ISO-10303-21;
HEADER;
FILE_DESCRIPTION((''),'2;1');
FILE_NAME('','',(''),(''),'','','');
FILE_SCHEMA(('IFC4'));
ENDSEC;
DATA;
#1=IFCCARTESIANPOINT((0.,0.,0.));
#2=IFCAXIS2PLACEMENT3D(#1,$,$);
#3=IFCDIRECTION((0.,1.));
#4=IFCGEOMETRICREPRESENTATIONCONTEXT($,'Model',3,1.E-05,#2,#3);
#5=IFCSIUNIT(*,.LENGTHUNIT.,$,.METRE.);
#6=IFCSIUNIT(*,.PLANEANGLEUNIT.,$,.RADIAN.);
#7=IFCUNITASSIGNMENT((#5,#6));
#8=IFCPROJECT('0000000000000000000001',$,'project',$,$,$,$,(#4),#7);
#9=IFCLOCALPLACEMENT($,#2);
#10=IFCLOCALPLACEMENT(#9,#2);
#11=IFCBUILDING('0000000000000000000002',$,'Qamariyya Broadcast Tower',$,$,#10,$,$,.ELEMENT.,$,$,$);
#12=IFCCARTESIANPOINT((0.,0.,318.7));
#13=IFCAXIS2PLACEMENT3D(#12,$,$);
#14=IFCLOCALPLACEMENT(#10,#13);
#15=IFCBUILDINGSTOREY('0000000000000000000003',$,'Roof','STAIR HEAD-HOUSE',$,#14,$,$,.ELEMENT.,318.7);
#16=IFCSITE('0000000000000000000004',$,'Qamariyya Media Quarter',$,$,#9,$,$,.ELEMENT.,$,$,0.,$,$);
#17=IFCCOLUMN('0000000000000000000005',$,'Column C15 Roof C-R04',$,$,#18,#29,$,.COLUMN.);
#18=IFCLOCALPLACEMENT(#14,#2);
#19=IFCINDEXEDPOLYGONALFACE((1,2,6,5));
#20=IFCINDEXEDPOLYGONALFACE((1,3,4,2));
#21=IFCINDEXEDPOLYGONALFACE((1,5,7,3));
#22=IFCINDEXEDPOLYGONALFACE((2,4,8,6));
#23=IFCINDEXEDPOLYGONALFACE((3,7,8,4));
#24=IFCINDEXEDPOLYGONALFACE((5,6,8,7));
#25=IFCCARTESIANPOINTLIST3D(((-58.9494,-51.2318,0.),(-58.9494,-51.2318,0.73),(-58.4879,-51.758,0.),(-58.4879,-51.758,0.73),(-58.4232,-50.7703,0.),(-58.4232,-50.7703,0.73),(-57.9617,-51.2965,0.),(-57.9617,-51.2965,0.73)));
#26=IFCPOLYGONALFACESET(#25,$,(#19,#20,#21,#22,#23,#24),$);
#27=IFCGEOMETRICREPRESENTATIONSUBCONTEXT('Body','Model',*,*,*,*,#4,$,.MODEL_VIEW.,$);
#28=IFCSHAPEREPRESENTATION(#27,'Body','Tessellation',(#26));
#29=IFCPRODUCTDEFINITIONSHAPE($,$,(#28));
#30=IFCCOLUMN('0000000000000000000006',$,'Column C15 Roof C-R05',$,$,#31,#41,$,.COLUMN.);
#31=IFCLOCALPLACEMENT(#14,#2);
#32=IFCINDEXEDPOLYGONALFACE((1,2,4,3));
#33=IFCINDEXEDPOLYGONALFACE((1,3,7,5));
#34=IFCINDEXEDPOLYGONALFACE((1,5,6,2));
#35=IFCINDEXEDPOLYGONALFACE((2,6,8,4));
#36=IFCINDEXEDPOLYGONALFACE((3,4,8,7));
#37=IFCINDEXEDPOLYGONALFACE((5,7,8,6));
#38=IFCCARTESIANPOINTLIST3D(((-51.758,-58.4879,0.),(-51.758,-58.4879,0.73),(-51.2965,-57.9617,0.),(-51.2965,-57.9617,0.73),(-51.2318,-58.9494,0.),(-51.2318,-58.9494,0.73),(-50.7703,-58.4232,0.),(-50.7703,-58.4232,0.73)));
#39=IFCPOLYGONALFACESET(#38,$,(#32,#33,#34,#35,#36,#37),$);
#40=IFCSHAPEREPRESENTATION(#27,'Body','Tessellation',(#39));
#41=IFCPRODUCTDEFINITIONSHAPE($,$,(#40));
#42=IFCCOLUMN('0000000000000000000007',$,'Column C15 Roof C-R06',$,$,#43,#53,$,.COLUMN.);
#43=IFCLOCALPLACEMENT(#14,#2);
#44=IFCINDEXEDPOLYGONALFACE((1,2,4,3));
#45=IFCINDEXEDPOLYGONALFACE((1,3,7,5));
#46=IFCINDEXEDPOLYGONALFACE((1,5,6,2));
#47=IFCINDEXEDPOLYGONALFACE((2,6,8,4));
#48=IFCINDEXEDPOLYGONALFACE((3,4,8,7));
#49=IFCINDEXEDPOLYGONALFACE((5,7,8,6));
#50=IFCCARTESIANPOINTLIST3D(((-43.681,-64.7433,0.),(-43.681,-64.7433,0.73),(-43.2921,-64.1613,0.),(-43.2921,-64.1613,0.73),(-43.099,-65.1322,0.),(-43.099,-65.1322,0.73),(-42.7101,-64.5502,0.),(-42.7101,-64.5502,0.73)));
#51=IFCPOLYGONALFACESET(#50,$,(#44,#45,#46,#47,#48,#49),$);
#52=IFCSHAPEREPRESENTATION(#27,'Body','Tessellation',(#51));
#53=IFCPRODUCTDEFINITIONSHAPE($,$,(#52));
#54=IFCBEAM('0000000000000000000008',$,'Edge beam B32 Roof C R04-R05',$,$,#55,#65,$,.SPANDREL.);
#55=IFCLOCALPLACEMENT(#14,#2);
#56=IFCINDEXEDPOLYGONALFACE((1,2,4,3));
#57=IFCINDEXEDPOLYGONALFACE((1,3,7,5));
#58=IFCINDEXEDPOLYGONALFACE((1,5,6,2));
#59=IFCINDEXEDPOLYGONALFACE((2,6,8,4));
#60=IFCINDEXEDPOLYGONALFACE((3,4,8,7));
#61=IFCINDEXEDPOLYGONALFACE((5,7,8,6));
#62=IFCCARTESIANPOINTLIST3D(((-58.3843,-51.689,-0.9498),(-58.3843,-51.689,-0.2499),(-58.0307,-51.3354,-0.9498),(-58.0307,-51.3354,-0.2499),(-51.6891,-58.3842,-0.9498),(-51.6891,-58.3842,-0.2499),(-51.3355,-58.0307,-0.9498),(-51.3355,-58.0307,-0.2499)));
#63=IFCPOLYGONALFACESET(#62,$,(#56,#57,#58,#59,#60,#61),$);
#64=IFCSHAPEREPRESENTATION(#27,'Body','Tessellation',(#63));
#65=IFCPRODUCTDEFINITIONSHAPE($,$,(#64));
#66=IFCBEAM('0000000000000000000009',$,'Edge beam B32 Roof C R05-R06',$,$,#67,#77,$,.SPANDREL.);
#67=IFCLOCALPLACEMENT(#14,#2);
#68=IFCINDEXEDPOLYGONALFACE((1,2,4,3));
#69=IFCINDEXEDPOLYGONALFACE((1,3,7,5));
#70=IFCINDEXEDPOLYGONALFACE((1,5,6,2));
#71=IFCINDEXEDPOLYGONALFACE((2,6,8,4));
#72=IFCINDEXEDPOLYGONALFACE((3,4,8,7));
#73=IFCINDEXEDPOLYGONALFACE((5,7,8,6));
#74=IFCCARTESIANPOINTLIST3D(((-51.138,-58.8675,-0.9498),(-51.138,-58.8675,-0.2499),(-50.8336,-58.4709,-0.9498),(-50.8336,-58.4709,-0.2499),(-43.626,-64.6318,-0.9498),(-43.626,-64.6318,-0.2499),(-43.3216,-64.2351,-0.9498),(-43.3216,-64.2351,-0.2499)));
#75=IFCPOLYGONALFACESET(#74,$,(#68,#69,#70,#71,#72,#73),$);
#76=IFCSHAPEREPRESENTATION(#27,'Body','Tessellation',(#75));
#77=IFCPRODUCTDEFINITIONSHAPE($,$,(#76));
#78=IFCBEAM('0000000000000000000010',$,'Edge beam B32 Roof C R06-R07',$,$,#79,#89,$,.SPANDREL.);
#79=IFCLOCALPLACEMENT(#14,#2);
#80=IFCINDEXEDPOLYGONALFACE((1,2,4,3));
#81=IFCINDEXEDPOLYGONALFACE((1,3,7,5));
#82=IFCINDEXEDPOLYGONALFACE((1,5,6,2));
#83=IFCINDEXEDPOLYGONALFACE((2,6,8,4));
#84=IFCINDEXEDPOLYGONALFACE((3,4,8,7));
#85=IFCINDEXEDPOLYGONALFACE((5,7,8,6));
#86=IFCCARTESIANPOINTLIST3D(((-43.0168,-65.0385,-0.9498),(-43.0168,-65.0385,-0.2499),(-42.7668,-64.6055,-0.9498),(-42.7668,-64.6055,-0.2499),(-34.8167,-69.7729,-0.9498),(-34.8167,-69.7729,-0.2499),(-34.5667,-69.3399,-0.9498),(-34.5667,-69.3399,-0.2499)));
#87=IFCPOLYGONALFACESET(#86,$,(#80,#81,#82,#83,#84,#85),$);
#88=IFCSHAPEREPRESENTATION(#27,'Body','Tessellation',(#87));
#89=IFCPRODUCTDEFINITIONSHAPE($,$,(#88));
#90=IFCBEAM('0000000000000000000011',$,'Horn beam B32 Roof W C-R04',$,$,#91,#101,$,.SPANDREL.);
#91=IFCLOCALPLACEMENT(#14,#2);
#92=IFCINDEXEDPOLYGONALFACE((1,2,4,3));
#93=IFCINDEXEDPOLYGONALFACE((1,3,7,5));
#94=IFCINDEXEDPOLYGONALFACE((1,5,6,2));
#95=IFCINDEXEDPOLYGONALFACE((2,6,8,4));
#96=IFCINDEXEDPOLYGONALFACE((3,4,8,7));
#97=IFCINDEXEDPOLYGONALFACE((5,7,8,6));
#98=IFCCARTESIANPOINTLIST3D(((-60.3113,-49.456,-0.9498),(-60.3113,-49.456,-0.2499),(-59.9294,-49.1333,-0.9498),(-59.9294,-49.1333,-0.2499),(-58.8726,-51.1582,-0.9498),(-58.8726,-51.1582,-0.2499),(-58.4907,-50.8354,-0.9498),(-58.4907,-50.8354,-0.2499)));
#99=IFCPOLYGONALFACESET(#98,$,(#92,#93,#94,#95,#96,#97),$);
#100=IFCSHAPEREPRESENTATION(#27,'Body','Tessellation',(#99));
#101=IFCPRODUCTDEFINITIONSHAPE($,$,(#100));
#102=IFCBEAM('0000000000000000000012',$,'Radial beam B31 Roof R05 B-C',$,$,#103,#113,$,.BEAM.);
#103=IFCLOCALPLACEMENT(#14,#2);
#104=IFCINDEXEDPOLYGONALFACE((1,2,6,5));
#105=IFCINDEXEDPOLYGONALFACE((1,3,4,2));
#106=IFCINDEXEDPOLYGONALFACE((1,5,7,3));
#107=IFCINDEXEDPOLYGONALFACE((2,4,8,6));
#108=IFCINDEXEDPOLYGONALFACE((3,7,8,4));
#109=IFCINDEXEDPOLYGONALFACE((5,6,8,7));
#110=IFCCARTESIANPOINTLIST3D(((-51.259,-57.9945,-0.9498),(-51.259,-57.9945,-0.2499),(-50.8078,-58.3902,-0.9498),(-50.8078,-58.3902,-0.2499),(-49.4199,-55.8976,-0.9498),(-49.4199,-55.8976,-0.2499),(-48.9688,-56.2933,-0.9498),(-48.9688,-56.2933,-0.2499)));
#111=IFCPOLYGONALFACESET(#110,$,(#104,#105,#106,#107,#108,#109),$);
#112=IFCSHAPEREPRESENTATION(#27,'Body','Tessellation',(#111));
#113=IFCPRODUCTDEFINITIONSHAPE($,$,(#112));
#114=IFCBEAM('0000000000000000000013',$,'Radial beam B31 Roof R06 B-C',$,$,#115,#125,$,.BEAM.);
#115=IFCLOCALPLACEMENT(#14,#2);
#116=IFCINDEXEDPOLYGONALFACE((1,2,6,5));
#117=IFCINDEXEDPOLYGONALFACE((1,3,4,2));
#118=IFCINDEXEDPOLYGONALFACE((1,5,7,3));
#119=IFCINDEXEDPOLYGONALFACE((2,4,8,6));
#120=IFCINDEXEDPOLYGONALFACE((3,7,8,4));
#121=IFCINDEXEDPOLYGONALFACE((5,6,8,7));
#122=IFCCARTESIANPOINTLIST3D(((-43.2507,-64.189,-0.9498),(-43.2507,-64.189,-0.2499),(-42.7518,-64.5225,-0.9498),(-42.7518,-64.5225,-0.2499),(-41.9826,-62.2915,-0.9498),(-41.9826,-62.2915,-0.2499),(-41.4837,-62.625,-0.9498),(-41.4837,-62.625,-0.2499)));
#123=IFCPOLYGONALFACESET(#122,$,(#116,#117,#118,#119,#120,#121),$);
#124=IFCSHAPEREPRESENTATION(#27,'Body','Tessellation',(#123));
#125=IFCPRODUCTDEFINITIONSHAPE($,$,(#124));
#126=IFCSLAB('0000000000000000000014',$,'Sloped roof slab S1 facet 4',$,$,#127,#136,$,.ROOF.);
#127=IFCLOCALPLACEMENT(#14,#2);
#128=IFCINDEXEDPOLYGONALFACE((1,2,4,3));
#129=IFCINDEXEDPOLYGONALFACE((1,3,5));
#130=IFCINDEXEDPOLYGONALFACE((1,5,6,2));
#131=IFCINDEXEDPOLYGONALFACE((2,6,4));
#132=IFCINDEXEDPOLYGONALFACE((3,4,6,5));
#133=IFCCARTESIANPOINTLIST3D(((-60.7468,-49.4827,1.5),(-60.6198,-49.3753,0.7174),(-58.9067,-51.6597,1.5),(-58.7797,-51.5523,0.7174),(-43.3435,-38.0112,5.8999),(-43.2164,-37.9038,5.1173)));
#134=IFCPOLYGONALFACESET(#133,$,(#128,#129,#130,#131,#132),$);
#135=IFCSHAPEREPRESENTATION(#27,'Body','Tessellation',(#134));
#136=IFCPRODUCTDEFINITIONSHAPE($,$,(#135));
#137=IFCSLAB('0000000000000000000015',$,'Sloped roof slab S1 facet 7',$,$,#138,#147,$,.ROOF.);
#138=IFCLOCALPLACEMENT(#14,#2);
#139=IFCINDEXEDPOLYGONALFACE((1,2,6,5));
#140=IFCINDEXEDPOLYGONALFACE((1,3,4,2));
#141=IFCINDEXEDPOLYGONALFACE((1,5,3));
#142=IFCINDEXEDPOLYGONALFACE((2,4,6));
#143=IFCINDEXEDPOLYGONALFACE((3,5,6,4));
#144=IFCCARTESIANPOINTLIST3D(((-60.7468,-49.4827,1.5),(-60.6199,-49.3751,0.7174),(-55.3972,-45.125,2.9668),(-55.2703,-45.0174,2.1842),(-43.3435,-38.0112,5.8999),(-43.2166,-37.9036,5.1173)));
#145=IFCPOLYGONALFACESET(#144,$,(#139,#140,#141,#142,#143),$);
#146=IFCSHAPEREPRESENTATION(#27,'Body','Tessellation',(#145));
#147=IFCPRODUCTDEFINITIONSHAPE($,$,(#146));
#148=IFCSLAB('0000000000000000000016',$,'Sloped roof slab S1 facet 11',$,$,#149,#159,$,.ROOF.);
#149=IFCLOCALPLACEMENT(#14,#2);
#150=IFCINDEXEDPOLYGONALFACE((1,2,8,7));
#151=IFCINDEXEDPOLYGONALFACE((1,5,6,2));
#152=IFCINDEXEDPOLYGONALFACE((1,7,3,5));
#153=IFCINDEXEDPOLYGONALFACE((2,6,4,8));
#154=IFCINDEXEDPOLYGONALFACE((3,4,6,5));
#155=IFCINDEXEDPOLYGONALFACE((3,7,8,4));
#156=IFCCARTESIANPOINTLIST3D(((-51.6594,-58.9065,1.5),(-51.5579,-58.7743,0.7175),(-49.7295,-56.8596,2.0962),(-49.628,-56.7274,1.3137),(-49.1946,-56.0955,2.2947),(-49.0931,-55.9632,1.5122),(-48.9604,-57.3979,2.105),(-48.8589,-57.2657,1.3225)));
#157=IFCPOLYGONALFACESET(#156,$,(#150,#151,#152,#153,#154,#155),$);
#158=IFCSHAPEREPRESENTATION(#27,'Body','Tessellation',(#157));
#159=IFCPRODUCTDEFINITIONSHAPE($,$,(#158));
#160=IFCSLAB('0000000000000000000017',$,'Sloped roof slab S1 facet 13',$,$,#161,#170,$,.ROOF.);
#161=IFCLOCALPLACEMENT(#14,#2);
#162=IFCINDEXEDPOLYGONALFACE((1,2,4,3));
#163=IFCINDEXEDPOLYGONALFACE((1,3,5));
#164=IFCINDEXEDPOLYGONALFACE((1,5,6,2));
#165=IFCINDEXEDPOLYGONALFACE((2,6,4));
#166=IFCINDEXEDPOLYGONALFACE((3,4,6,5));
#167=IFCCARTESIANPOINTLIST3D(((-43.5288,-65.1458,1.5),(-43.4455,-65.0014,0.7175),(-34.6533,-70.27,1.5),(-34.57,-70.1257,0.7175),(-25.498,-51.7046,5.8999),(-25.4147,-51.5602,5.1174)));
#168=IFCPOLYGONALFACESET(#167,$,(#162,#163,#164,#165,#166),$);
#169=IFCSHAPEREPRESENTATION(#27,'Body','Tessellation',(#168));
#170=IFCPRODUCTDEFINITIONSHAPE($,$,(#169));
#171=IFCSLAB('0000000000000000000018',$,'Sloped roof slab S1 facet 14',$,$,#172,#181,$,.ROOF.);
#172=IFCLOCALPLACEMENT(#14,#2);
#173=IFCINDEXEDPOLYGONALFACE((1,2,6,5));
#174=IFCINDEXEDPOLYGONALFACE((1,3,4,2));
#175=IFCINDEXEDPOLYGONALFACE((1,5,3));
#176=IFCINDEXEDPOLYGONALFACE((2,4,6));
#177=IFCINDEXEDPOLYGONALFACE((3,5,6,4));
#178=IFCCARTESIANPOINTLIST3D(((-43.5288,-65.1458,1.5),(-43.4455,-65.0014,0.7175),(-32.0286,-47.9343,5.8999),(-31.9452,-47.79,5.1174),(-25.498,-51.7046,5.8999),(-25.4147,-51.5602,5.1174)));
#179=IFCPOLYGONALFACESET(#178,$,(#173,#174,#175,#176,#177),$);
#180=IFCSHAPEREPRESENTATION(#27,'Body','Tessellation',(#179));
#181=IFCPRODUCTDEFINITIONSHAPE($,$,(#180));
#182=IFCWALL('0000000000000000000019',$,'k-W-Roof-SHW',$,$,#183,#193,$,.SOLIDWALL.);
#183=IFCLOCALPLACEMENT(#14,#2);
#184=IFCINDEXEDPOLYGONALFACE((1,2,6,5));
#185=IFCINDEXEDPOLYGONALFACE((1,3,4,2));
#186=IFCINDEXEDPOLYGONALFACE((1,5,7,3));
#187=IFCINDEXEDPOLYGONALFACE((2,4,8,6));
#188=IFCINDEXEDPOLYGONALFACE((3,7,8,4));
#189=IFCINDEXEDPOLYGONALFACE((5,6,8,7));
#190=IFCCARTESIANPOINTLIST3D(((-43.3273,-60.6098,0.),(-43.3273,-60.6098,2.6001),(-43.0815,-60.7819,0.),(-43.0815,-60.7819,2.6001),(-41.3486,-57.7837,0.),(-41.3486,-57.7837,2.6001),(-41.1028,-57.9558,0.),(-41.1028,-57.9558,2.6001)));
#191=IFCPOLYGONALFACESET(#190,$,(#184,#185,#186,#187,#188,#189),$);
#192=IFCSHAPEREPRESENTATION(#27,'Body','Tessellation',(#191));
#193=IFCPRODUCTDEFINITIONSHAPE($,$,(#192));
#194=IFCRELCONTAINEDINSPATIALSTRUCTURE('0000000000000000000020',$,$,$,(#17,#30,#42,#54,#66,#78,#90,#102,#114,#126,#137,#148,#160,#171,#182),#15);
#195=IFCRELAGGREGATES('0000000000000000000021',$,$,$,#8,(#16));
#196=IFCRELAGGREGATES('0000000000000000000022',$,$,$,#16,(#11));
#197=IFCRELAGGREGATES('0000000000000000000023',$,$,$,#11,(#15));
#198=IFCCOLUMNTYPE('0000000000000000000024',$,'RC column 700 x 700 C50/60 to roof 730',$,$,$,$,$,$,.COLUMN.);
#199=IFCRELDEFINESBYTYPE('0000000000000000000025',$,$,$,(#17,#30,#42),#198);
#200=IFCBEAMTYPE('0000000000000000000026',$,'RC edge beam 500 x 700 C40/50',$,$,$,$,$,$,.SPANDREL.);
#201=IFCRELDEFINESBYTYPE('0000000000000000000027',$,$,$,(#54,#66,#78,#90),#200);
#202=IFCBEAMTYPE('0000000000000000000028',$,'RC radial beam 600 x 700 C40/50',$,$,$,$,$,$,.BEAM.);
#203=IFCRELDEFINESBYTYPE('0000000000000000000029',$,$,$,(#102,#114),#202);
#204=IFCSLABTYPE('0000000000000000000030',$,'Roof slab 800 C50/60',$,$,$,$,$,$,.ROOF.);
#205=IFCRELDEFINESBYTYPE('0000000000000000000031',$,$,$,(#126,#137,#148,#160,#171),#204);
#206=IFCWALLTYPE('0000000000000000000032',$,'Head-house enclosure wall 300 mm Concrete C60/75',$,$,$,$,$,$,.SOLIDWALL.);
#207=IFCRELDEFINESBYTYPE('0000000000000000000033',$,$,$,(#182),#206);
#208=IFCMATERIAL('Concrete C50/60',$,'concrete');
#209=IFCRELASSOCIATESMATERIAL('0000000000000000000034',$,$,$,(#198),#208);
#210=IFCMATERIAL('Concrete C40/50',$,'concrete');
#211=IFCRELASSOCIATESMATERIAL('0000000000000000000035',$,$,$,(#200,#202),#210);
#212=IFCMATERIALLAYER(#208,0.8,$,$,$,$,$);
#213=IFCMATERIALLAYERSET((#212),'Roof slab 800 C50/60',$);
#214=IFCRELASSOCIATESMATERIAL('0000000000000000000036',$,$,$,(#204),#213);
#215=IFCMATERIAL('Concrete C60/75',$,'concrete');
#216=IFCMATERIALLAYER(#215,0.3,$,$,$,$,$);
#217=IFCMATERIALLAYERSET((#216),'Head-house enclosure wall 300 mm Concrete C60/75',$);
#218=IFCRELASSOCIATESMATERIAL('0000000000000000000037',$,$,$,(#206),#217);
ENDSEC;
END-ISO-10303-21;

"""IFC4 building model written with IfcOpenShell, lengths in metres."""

from ifc_helpers import new_model, si_unit, direction, frame, frame_2d, origin, origin_2d, place, context, subcontext, project, spatial, polyline, rectangle, outline, extrude, material, layer, layer_set, material_profile, profile_set, type_object, element, save


model = new_model("IFC4")

# Units and contexts
model_context = context("Model", 3, precision=1e-05, world=origin(), true_north=direction((0.0, 1.0)))
body_context = subcontext(model_context, "Body", "Model", "MODEL_VIEW")
ifc_project = project(units=[si_unit("LENGTHUNIT", "METRE"), si_unit("PLANEANGLEUNIT", "RADIAN")], contexts=[model_context])

# Site, building, storey
site_placement = place(None, origin())
site = spatial("IfcSite", under=ifc_project, at=site_placement, Name="Qamariyya Media Quarter", CompositionType="ELEMENT", RefElevation=0.0)
building_placement = place(site_placement, origin())
building = spatial("IfcBuilding", under=site, at=building_placement, Name="Qamariyya Broadcast Tower", CompositionType="ELEMENT")
storey_placement = place(building_placement, frame((0.0, 0.0, 318.7)))
storey = spatial("IfcBuildingStorey", under=building, at=storey_placement, Name="Roof", Description="STAIR HEAD-HOUSE", CompositionType="ELEMENT", Elevation=318.7)

# Columns
ifc_material_1 = material(Name="Concrete C50/60", Category="concrete")
ifc_material_profile_1 = material_profile(ifc_material_1, rectangle(XDim=0.7, YDim=0.7, at=origin_2d()))
ifc_profile_set_1 = profile_set([ifc_material_profile_1], Name="Concrete C50/60")
column_type = type_object("IfcColumnType", Name="RC column 700 x 700 C50/60 to roof 730", PredefinedType="COLUMN", material=ifc_profile_set_1)
for number, where, z_axis, x_axis, name in (
    (1, (-58.4556, -51.2642, 0.0), (0.0, 0.0, 1.0), (0.659346, -0.75184, 0.0), "Column C15 Roof C-R04"),
    (2, (-51.2642, -58.4556, 0.0), (0.0, 0.0, 1.0), (0.75184, -0.659346, 0.0), "Column C15 Roof C-R05"),
    (3, (-43.1956, -64.6467, 0.0), (0.0, 0.0, 1.0), (0.83147, -0.55557, 0.0), "Column C15 Roof C-R06"),
):
    element("IfcColumn", number, at=place(storey_placement, frame(where, z_axis=z_axis, x_axis=x_axis)), inside=storey, type_object=column_type, Name=name, PredefinedType="COLUMN", context=body_context, shape_type="SweptSolid", body=[
        extrude(rectangle(XDim=0.7, YDim=0.7, at=origin_2d()), origin(), (0.0, 0.0, 1.0), 0.73),
    ])

# Beams
ifc_material_2 = material(Name="Concrete C40/50", Category="concrete")
ifc_material_profile_2 = material_profile(ifc_material_2, rectangle(XDim=0.5, YDim=0.7, at=origin_2d()))
ifc_profile_set_2 = profile_set([ifc_material_profile_2], Name="Concrete C40/50")
beam_type_1 = type_object("IfcBeamType", Name="RC edge beam 500 x 700 C40/50", PredefinedType="SPANDREL", material=ifc_profile_set_2)
beam_1_placement = place(storey_placement, frame((-58.2075, -51.5122, -0.5999), z_axis=(0.707107, -0.707107, 0.0), x_axis=(0.707107, 0.707107, 0.0)))
element("IfcBeam", 4, at=beam_1_placement, inside=storey, type_object=beam_type_1, Name="Edge beam B32 Roof C R04-R05", PredefinedType="SPANDREL", context=body_context, shape_type="SweptSolid", body=[
    extrude(rectangle(XDim=0.5, YDim=0.7, at=origin_2d()), origin(), (0.0, 0.0, 1.0), 9.4685),
])
for number, where, z_axis, x_axis, name in (
    (5, (-50.9858, -58.6692, -0.5999), (0.793352, -0.608763, 0.0), (0.608763, 0.793352, 0.0), "Edge beam B32 Roof C R05-R06"),
    (6, (-42.8918, -64.822, -0.5999), (0.866026, -0.499999, 0.0), (0.499999, 0.866026, 0.0), "Edge beam B32 Roof C R06-R07"),
):
    element("IfcBeam", number, at=place(storey_placement, frame(where, z_axis=z_axis, x_axis=x_axis)), inside=storey, type_object=beam_type_1, Name=name, PredefinedType="SPANDREL", context=body_context, shape_type="SweptSolid", body=[
        extrude(rectangle(XDim=0.5, YDim=0.7, at=origin_2d()), origin(), (0.0, 0.0, 1.0), 9.4688),
    ])
beam_2_placement = place(storey_placement, frame((-58.6816, -50.9968, -0.5999), z_axis=(-0.645535, 0.763731, 0.0), x_axis=(-0.763731, -0.645535, 0.0)))
element("IfcBeam", 7, at=beam_2_placement, inside=storey, type_object=beam_type_1, Name="Horn beam B32 Roof W C-R04", PredefinedType="SPANDREL", context=body_context, shape_type="SweptSolid", body=[
    extrude(rectangle(XDim=0.5, YDim=0.7, at=origin_2d()), origin(), (0.0, 0.0, 1.0), 2.2288),
])
ifc_material_profile_3 = material_profile(ifc_material_2, rectangle(XDim=0.6001, YDim=0.7, at=origin_2d()))
ifc_profile_set_3 = profile_set([ifc_material_profile_3], Name="Concrete C40/50")
beam_type_2 = type_object("IfcBeamType", Name="RC radial beam 600 x 700 C40/50", PredefinedType="BEAM", material=ifc_profile_set_3)
beam_3_placement = place(storey_placement, frame((-49.1943, -56.0955, -0.5999), z_axis=(-0.659378, -0.751812, 0.0), x_axis=(0.751812, -0.659378, 0.0)))
element("IfcBeam", 8, at=beam_3_placement, inside=storey, type_object=beam_type_2, Name="Radial beam B31 Roof R05 B-C", PredefinedType="BEAM", context=body_context, shape_type="SweptSolid", body=[
    extrude(rectangle(XDim=0.6001, YDim=0.7, at=origin_2d()), origin(), (0.0, 0.0, 1.0), 2.7891),
])
beam_4_placement = place(storey_placement, frame((-41.7332, -62.4583, -0.5999), z_axis=(-0.555638, -0.831424, 0.0), x_axis=(0.831424, -0.555638, 0.0)))
element("IfcBeam", 9, at=beam_4_placement, inside=storey, type_object=beam_type_2, Name="Radial beam B31 Roof R06 B-C", PredefinedType="BEAM", context=body_context, shape_type="SweptSolid", body=[
    extrude(rectangle(XDim=0.6001, YDim=0.7, at=origin_2d()), origin(), (0.0, 0.0, 1.0), 2.2822),
])

# Slabs
ifc_layer_1 = layer(ifc_material_1, 0.8)
ifc_layer_set_1 = layer_set([ifc_layer_1], Name="Roof slab 800 C50/60")
slab_type = type_object("IfcSlabType", Name="Roof slab 800 C50/60", PredefinedType="ROOF", material=ifc_layer_set_1)
slab_1_placement = place(storey_placement, frame((-60.7468, -49.4827, 1.5), z_axis=(-0.158812, -0.134234, 0.978141), x_axis=(0.645535, -0.763731, 0.0)))
element("IfcSlab", 10, at=slab_1_placement, inside=storey, type_object=slab_type, Name="Sloped roof slab S1 facet 4", PredefinedType="ROOF", context=body_context, shape_type="SweptSolid", body=[
    extrude(outline(polyline([(0.0, 0.0), (2.8505, 0.0), (2.4734, 21.1592), (0.0, 0.0)])), origin(), (0.0, 0.0, -1.0), 0.8),
])
slab_2_placement = place(storey_placement, frame((-60.7468, -49.4827, 1.5), z_axis=(-0.158652, -0.134475, 0.978134), x_axis=(0.816933, 0.538483, 0.206537)))
element("IfcSlab", 11, at=slab_2_placement, inside=storey, type_object=slab_type, Name="Sloped roof slab S1 facet 7", PredefinedType="ROOF", context=body_context, shape_type="SweptSolid", body=[
    extrude(outline(polyline([(0.0, 0.0), (21.3033, 0.0), (7.0197, 0.6944), (0.0, 0.0)])), origin(), (0.0, 0.0, -1.0), 0.8),
])
slab_3_placement = place(storey_placement, frame((-49.1946, -56.0955, 2.2947), z_axis=(-0.126874, -0.165252, 0.978057), x_axis=(-0.644882, -0.735457, -0.207917)))
element("IfcSlab", 12, at=slab_3_placement, inside=storey, type_object=slab_type, Name="Sloped roof slab S1 facet 11", PredefinedType="ROOF", context=body_context, shape_type="SweptSolid", body=[
    extrude(outline(polyline([(0.0, 0.0), (3.8222, 0.0), (0.8464, 1.0349), (0.9482, 0.1016), (0.0, 0.0)])), origin(), (0.0, 0.0, -1.0), 0.8),
])
slab_4_placement = place(storey_placement, frame((-43.5288, -65.1458, 1.5), z_axis=(-0.104168, -0.180425, 0.978057), x_axis=(0.866025, -0.5, 0.0)))
element("IfcSlab", 13, at=slab_4_placement, inside=storey, type_object=slab_type, Name="Sloped roof slab S1 facet 13", PredefinedType="ROOF", context=body_context, shape_type="SweptSolid", body=[
    extrude(outline(polyline([(0.0, 0.0), (10.2485, 0.0), (8.8945, 21.1192), (0.0, 0.0)])), origin(), (0.0, 0.0, -1.0), 0.8),
])
slab_5_placement = place(storey_placement, frame((-43.5288, -65.1458, 1.5), z_axis=(-0.104166, -0.180428, 0.978057), x_axis=(0.786828, 0.586546, 0.192003)))
element("IfcSlab", 14, at=slab_5_placement, inside=storey, type_object=slab_type, Name="Sloped roof slab S1 facet 14", PredefinedType="ROOF", context=body_context, shape_type="SweptSolid", body=[
    extrude(outline(polyline([(0.0, 0.0), (22.9158, 0.0), (19.9888, 6.9495), (0.0, 0.0)])), origin(), (0.0, 0.0, -1.0), 0.8),
])

# Wall
ifc_material_3 = material(Name="Concrete C60/75", Category="concrete")
ifc_layer_2 = layer(ifc_material_3, 0.3)
ifc_layer_set_2 = layer_set([ifc_layer_2], Name="Head-house enclosure wall 300 mm Concrete C60/75")
wall_type_1 = type_object("IfcWallType", Name="Head-house enclosure wall 300 mm Concrete C60/75", PredefinedType="SOLIDWALL", material=ifc_layer_set_2)
wall_1_placement = place(storey_placement, frame((-41.2256, -57.8696, 0.0), z_axis=(0.0, 0.0, 1.0), x_axis=(-0.573548, -0.819172, 0.0)))
element("IfcWall", 15, at=wall_1_placement, inside=storey, type_object=wall_type_1, Name="k-W-Roof-SHW", PredefinedType="SOLIDWALL", context=body_context, shape_type="SweptSolid", body=[
    extrude(rectangle(XDim=3.45, YDim=0.3, at=frame_2d((1.7251, 0.0))), origin(), (0.0, 0.0, 1.0), 2.6001),
])

save(model, "model.ifc")
